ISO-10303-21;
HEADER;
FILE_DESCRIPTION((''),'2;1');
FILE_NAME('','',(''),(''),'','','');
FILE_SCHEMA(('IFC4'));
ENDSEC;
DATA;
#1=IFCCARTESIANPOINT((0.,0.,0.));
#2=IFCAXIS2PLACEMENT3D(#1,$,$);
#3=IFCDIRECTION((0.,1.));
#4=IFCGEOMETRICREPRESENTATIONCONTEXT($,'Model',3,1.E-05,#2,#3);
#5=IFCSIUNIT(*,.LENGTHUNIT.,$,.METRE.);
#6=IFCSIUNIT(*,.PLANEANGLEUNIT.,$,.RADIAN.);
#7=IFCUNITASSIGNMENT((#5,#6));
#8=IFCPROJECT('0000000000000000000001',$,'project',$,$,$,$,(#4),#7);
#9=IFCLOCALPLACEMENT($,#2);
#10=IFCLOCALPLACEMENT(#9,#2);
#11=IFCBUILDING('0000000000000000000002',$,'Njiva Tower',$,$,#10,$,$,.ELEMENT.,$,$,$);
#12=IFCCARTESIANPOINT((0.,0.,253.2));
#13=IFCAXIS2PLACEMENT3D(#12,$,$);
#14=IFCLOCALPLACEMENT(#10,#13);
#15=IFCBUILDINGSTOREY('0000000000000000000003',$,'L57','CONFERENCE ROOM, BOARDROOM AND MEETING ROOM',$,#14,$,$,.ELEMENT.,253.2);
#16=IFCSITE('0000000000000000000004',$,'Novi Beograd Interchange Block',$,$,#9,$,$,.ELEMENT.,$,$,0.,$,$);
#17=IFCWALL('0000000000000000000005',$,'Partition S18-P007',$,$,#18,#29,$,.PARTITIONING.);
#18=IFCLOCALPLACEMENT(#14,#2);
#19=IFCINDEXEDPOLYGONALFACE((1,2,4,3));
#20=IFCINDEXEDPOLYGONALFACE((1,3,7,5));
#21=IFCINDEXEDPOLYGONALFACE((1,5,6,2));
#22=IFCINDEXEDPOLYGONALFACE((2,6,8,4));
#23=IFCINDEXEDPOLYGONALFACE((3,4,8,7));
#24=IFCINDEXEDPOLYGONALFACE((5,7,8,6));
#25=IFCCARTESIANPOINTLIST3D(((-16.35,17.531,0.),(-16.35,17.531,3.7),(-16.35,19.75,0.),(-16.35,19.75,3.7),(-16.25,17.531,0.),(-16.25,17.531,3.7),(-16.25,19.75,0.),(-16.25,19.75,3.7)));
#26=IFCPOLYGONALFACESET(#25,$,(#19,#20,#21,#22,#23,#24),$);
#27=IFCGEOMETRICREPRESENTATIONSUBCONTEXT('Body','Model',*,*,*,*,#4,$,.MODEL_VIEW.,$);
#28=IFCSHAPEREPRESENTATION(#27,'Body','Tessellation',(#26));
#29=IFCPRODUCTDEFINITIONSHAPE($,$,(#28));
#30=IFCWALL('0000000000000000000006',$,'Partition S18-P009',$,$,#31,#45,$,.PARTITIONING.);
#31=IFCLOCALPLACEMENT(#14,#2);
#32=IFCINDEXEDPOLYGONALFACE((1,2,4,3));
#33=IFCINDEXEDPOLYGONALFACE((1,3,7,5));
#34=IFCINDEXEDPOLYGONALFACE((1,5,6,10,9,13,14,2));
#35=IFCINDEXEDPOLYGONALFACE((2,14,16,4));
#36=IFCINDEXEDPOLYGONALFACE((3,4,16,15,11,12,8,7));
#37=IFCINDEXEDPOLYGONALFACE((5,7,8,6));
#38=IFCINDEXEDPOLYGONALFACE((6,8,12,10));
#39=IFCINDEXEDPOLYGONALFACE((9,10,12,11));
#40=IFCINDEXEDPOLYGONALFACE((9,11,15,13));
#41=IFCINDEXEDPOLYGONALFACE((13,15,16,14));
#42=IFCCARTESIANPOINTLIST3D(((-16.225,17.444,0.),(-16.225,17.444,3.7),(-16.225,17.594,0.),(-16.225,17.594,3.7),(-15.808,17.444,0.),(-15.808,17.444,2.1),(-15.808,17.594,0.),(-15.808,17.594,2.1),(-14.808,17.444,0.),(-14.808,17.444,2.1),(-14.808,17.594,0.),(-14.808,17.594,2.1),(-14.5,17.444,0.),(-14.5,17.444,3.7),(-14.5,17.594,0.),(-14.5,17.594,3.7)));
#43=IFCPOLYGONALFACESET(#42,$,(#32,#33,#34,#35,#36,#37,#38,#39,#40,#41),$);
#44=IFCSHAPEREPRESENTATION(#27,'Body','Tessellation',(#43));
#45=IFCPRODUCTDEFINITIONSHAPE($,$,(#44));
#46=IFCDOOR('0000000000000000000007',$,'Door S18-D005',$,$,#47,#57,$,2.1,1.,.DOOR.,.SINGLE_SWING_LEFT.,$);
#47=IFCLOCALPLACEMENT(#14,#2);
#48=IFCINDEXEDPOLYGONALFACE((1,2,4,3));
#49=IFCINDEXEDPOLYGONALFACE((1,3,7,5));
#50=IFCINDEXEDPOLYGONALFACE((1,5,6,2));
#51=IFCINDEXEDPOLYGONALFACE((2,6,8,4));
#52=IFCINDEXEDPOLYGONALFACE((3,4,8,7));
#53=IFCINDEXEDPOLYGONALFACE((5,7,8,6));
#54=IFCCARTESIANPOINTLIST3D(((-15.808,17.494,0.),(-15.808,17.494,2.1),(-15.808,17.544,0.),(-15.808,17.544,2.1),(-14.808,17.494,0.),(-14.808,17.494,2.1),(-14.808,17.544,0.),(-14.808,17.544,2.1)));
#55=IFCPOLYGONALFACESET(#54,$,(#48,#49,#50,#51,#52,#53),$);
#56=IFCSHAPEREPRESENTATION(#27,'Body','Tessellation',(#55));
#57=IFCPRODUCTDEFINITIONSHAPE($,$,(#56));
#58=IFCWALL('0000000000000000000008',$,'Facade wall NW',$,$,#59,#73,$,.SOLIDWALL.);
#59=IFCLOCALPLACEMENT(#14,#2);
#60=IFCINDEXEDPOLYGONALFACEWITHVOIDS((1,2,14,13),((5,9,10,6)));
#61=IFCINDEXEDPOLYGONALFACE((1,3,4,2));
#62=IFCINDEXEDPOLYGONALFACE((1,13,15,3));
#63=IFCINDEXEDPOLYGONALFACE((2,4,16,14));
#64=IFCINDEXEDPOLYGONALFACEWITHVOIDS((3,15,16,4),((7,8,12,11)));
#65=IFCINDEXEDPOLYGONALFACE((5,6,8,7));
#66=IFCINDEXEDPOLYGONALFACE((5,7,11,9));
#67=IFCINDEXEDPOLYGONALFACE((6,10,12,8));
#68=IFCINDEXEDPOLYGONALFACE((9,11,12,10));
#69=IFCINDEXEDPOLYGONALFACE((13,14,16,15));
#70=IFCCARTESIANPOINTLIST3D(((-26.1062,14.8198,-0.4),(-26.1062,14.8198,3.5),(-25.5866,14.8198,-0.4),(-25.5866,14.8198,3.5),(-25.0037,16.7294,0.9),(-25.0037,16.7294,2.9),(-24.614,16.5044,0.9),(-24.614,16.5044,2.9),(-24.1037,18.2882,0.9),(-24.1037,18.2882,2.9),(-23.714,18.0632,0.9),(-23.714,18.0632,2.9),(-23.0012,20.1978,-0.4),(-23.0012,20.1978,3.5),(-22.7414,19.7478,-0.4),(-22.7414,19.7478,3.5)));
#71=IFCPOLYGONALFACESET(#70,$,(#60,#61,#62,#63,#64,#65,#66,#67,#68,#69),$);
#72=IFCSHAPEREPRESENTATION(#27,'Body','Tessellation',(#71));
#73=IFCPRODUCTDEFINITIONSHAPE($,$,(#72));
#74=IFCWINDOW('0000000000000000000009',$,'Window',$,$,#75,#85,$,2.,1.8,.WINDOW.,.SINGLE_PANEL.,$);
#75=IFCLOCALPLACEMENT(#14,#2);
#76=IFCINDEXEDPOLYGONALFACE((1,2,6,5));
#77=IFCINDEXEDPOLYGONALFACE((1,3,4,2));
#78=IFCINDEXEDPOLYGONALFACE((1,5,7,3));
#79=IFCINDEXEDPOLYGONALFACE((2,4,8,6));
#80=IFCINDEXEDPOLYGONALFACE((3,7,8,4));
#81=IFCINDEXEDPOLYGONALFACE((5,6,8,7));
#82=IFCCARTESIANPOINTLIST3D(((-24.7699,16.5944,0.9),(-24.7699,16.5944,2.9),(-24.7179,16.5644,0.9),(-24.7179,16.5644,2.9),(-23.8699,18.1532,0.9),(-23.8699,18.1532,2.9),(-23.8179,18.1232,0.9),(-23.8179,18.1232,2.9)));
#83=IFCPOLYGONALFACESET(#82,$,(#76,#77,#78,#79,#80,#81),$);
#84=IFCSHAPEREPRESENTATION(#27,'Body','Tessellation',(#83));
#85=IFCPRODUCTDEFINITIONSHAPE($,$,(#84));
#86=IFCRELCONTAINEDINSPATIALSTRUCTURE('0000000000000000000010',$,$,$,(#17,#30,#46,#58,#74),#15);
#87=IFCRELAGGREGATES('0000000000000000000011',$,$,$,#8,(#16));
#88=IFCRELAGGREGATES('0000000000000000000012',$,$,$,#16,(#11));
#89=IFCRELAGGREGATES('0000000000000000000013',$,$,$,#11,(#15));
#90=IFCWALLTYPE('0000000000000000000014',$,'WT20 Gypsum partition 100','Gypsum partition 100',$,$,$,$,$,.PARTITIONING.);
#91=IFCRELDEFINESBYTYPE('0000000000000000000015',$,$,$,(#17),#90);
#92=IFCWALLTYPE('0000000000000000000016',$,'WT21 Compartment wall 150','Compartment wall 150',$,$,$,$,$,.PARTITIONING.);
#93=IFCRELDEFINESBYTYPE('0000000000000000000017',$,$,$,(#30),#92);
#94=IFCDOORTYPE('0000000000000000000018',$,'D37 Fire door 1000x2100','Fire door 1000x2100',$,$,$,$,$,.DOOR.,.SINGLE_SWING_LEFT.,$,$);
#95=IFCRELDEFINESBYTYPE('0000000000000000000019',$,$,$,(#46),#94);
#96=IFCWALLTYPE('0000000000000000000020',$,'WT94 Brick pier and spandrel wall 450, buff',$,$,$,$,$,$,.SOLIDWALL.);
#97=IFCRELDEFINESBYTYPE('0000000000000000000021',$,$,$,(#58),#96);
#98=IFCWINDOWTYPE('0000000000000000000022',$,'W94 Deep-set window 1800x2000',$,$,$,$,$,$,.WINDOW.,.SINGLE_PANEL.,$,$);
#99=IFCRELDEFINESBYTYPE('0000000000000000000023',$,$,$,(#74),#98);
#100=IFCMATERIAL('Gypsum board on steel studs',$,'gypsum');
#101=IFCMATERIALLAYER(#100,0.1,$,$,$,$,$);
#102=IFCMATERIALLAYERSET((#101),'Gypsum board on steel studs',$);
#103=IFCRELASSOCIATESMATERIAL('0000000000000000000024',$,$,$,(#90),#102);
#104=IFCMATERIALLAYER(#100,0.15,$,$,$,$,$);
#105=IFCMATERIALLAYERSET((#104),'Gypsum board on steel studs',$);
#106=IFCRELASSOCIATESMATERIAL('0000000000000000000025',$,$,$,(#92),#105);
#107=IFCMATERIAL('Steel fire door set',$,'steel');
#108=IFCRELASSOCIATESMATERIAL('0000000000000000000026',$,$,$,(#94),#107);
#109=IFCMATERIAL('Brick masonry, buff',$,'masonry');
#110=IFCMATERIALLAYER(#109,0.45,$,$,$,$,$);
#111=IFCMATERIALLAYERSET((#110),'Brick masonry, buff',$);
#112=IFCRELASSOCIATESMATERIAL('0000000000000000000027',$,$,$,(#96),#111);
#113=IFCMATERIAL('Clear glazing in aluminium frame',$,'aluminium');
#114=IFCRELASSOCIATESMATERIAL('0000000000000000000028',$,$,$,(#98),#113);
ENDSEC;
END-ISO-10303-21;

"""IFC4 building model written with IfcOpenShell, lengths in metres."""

from ifc_helpers import new_model, si_unit, direction, frame, frame_2d, origin, place, context, subcontext, project, spatial, polyline, rectangle, outline, extrude, material, layer, layer_set, type_object, element, fill, save


model = new_model("IFC4")

# Units and contexts
model_context = context("Model", 3, precision=1e-05, world=origin(), true_north=direction((0.0, 1.0)))
body_context = subcontext(model_context, "Body", "Model", "MODEL_VIEW")
ifc_project = project(units=[si_unit("LENGTHUNIT", "METRE"), si_unit("PLANEANGLEUNIT", "RADIAN")], contexts=[model_context])

# Site, building, storey
site_placement = place(None, origin())
site = spatial("IfcSite", under=ifc_project, at=site_placement, Name="Novi Beograd Interchange Block", CompositionType="ELEMENT", RefElevation=0.0)
building_placement = place(site_placement, origin())
building = spatial("IfcBuilding", under=site, at=building_placement, Name="Njiva Tower", CompositionType="ELEMENT")
storey_placement = place(building_placement, frame((0.0, 0.0, 253.2)))
storey = spatial("IfcBuildingStorey", under=building, at=storey_placement, Name="L57", Description="CONFERENCE ROOM, BOARDROOM AND MEETING ROOM", CompositionType="ELEMENT", Elevation=253.2)

# Wall
ifc_material_1 = material(Name="Gypsum board on steel studs", Category="gypsum")
ifc_layer_1 = layer(ifc_material_1, 0.1)
ifc_layer_set_1 = layer_set([ifc_layer_1], Name="Gypsum board on steel studs")
wall_type_1 = type_object("IfcWallType", Name="WT20 Gypsum partition 100", Description="Gypsum partition 100", PredefinedType="PARTITIONING", material=ifc_layer_set_1)
wall_1_placement = place(storey_placement, frame((-16.3, 17.531, 0.0), z_axis=(0.0, 0.0, 1.0), x_axis=(0.0, 1.0, 0.0)))
element("IfcWall", 1, at=wall_1_placement, inside=storey, type_object=wall_type_1, Name="Partition S18-P007", PredefinedType="PARTITIONING", context=body_context, shape_type="SweptSolid", body=[
    extrude(rectangle(XDim=2.219, YDim=0.1, at=frame_2d((1.1095, 0.0))), origin(), (0.0, 0.0, 1.0), 3.7),
])

# Wall, opening, door
ifc_layer_2 = layer(ifc_material_1, 0.15)
ifc_layer_set_2 = layer_set([ifc_layer_2], Name="Gypsum board on steel studs")
wall_type_2 = type_object("IfcWallType", Name="WT21 Compartment wall 150", Description="Compartment wall 150", PredefinedType="PARTITIONING", material=ifc_layer_set_2)
wall_2_placement = place(storey_placement, frame((-16.225, 17.519, 0.0), z_axis=(0.0, 0.0, 1.0), x_axis=(1.0, 0.0, 0.0)))
wall_2 = element("IfcWall", 2, at=wall_2_placement, inside=storey, type_object=wall_type_2, Name="Partition S18-P009", PredefinedType="PARTITIONING", context=body_context, shape_type="SweptSolid", body=[
    extrude(rectangle(XDim=1.725, YDim=0.15, at=frame_2d((0.8625, 0.0))), origin(), (0.0, 0.0, 1.0), 3.7),
])
opening_1_placement = place(wall_2_placement, frame((0.417, 0.0, 0.0)))
opening_1 = element("IfcOpeningElement", 3, at=opening_1_placement, cuts=wall_2, PredefinedType="OPENING", context=body_context, shape_type="SweptSolid", body=[
    extrude(rectangle(XDim=1.0, YDim=2.1, at=frame_2d((0.5, 1.05))), frame((0.0, 0.085, 0.0), z_axis=(0.0, -1.0, 0.0), x_axis=(1.0, 0.0, 0.0)), (0.0, 0.0, 1.0), 0.17),
])
ifc_material_2 = material(Name="Steel fire door set", Category="steel")
door_type = type_object("IfcDoorType", Name="D37 Fire door 1000x2100", Description="Fire door 1000x2100", OperationType="SINGLE_SWING_LEFT", PredefinedType="DOOR", material=ifc_material_2)
door_placement = place(opening_1_placement, origin())
door = element("IfcDoor", 4, at=door_placement, inside=storey, type_object=door_type, Name="Door S18-D005", OperationType="SINGLE_SWING_LEFT", OverallHeight=2.1, OverallWidth=1.0, PredefinedType="DOOR", context=body_context, shape_type="SweptSolid", body=[
    extrude(rectangle(XDim=1.0, YDim=2.1, at=frame_2d((0.5, 1.05))), frame((0.0, 0.025, 0.0), z_axis=(0.0, -1.0, 0.0), x_axis=(1.0, 0.0, 0.0)), (0.0, 0.0, 1.0), 0.05),
])
fill(opening_1, door)

# Shared definitions
ifc_material_3 = material(Name="Clear glazing in aluminium frame", Category="aluminium")

# Wall, opening, window
ifc_material_4 = material(Name="Brick masonry, buff", Category="masonry")
ifc_layer_3 = layer(ifc_material_4, 0.45)
ifc_layer_set_3 = layer_set([ifc_layer_3], Name="Brick masonry, buff")
wall_type_3 = type_object("IfcWallType", Name="WT94 Brick pier and spandrel wall 450, buff", PredefinedType="SOLIDWALL", material=ifc_layer_set_3)
wall_3_placement = place(storey_placement, frame((-22.8713, 19.9728, -0.4), z_axis=(0.0, 0.0, 1.0), x_axis=(-0.500002, -0.866024, 0.0)))
wall_3 = element("IfcWall", 5, at=wall_3_placement, inside=storey, type_object=wall_type_3, Name="Facade wall NW", PredefinedType="SOLIDWALL", context=body_context, shape_type="SweptSolid", body=[
    extrude(outline(polyline([(-0.1299, -0.225), (6.0801, -0.225), (5.8203, 0.225), (0.1299, 0.225), (-0.1299, -0.225)])), origin(), (0.0, 0.0, 1.0), 3.9),
])
opening_2_placement = place(wall_3_placement, frame((2.0751, 0.0, 1.3)))
opening_2 = element("IfcOpeningElement", 6, at=opening_2_placement, cuts=wall_3, PredefinedType="OPENING", context=body_context, shape_type="SweptSolid", body=[
    extrude(rectangle(XDim=1.8, YDim=2.0, at=frame_2d((0.9, 1.0))), frame((0.0, 0.235, 0.0), z_axis=(0.0, -1.0, 0.0), x_axis=(1.0, 0.0, 0.0)), (0.0, 0.0, 1.0), 0.47),
])
window_type_1 = type_object("IfcWindowType", Name="W94 Deep-set window 1800x2000", PartitioningType="SINGLE_PANEL", PredefinedType="WINDOW", material=ifc_material_3)
window_1_placement = place(opening_2_placement, origin())
window_1 = element("IfcWindow", 7, at=window_1_placement, inside=storey, type_object=window_type_1, Name="Window", OverallHeight=2.0, OverallWidth=1.8, PartitioningType="SINGLE_PANEL", PredefinedType="WINDOW", context=body_context, shape_type="SweptSolid", body=[
    extrude(rectangle(XDim=1.8, YDim=2.0, at=frame_2d((0.9, 1.0))), frame((0.0, 0.105, 0.0), z_axis=(0.0, -1.0, 0.0), x_axis=(1.0, 0.0, 0.0)), (0.0, 0.0, 1.0), 0.06),
])
fill(opening_2, window_1)

save(model, "model.ifc")
